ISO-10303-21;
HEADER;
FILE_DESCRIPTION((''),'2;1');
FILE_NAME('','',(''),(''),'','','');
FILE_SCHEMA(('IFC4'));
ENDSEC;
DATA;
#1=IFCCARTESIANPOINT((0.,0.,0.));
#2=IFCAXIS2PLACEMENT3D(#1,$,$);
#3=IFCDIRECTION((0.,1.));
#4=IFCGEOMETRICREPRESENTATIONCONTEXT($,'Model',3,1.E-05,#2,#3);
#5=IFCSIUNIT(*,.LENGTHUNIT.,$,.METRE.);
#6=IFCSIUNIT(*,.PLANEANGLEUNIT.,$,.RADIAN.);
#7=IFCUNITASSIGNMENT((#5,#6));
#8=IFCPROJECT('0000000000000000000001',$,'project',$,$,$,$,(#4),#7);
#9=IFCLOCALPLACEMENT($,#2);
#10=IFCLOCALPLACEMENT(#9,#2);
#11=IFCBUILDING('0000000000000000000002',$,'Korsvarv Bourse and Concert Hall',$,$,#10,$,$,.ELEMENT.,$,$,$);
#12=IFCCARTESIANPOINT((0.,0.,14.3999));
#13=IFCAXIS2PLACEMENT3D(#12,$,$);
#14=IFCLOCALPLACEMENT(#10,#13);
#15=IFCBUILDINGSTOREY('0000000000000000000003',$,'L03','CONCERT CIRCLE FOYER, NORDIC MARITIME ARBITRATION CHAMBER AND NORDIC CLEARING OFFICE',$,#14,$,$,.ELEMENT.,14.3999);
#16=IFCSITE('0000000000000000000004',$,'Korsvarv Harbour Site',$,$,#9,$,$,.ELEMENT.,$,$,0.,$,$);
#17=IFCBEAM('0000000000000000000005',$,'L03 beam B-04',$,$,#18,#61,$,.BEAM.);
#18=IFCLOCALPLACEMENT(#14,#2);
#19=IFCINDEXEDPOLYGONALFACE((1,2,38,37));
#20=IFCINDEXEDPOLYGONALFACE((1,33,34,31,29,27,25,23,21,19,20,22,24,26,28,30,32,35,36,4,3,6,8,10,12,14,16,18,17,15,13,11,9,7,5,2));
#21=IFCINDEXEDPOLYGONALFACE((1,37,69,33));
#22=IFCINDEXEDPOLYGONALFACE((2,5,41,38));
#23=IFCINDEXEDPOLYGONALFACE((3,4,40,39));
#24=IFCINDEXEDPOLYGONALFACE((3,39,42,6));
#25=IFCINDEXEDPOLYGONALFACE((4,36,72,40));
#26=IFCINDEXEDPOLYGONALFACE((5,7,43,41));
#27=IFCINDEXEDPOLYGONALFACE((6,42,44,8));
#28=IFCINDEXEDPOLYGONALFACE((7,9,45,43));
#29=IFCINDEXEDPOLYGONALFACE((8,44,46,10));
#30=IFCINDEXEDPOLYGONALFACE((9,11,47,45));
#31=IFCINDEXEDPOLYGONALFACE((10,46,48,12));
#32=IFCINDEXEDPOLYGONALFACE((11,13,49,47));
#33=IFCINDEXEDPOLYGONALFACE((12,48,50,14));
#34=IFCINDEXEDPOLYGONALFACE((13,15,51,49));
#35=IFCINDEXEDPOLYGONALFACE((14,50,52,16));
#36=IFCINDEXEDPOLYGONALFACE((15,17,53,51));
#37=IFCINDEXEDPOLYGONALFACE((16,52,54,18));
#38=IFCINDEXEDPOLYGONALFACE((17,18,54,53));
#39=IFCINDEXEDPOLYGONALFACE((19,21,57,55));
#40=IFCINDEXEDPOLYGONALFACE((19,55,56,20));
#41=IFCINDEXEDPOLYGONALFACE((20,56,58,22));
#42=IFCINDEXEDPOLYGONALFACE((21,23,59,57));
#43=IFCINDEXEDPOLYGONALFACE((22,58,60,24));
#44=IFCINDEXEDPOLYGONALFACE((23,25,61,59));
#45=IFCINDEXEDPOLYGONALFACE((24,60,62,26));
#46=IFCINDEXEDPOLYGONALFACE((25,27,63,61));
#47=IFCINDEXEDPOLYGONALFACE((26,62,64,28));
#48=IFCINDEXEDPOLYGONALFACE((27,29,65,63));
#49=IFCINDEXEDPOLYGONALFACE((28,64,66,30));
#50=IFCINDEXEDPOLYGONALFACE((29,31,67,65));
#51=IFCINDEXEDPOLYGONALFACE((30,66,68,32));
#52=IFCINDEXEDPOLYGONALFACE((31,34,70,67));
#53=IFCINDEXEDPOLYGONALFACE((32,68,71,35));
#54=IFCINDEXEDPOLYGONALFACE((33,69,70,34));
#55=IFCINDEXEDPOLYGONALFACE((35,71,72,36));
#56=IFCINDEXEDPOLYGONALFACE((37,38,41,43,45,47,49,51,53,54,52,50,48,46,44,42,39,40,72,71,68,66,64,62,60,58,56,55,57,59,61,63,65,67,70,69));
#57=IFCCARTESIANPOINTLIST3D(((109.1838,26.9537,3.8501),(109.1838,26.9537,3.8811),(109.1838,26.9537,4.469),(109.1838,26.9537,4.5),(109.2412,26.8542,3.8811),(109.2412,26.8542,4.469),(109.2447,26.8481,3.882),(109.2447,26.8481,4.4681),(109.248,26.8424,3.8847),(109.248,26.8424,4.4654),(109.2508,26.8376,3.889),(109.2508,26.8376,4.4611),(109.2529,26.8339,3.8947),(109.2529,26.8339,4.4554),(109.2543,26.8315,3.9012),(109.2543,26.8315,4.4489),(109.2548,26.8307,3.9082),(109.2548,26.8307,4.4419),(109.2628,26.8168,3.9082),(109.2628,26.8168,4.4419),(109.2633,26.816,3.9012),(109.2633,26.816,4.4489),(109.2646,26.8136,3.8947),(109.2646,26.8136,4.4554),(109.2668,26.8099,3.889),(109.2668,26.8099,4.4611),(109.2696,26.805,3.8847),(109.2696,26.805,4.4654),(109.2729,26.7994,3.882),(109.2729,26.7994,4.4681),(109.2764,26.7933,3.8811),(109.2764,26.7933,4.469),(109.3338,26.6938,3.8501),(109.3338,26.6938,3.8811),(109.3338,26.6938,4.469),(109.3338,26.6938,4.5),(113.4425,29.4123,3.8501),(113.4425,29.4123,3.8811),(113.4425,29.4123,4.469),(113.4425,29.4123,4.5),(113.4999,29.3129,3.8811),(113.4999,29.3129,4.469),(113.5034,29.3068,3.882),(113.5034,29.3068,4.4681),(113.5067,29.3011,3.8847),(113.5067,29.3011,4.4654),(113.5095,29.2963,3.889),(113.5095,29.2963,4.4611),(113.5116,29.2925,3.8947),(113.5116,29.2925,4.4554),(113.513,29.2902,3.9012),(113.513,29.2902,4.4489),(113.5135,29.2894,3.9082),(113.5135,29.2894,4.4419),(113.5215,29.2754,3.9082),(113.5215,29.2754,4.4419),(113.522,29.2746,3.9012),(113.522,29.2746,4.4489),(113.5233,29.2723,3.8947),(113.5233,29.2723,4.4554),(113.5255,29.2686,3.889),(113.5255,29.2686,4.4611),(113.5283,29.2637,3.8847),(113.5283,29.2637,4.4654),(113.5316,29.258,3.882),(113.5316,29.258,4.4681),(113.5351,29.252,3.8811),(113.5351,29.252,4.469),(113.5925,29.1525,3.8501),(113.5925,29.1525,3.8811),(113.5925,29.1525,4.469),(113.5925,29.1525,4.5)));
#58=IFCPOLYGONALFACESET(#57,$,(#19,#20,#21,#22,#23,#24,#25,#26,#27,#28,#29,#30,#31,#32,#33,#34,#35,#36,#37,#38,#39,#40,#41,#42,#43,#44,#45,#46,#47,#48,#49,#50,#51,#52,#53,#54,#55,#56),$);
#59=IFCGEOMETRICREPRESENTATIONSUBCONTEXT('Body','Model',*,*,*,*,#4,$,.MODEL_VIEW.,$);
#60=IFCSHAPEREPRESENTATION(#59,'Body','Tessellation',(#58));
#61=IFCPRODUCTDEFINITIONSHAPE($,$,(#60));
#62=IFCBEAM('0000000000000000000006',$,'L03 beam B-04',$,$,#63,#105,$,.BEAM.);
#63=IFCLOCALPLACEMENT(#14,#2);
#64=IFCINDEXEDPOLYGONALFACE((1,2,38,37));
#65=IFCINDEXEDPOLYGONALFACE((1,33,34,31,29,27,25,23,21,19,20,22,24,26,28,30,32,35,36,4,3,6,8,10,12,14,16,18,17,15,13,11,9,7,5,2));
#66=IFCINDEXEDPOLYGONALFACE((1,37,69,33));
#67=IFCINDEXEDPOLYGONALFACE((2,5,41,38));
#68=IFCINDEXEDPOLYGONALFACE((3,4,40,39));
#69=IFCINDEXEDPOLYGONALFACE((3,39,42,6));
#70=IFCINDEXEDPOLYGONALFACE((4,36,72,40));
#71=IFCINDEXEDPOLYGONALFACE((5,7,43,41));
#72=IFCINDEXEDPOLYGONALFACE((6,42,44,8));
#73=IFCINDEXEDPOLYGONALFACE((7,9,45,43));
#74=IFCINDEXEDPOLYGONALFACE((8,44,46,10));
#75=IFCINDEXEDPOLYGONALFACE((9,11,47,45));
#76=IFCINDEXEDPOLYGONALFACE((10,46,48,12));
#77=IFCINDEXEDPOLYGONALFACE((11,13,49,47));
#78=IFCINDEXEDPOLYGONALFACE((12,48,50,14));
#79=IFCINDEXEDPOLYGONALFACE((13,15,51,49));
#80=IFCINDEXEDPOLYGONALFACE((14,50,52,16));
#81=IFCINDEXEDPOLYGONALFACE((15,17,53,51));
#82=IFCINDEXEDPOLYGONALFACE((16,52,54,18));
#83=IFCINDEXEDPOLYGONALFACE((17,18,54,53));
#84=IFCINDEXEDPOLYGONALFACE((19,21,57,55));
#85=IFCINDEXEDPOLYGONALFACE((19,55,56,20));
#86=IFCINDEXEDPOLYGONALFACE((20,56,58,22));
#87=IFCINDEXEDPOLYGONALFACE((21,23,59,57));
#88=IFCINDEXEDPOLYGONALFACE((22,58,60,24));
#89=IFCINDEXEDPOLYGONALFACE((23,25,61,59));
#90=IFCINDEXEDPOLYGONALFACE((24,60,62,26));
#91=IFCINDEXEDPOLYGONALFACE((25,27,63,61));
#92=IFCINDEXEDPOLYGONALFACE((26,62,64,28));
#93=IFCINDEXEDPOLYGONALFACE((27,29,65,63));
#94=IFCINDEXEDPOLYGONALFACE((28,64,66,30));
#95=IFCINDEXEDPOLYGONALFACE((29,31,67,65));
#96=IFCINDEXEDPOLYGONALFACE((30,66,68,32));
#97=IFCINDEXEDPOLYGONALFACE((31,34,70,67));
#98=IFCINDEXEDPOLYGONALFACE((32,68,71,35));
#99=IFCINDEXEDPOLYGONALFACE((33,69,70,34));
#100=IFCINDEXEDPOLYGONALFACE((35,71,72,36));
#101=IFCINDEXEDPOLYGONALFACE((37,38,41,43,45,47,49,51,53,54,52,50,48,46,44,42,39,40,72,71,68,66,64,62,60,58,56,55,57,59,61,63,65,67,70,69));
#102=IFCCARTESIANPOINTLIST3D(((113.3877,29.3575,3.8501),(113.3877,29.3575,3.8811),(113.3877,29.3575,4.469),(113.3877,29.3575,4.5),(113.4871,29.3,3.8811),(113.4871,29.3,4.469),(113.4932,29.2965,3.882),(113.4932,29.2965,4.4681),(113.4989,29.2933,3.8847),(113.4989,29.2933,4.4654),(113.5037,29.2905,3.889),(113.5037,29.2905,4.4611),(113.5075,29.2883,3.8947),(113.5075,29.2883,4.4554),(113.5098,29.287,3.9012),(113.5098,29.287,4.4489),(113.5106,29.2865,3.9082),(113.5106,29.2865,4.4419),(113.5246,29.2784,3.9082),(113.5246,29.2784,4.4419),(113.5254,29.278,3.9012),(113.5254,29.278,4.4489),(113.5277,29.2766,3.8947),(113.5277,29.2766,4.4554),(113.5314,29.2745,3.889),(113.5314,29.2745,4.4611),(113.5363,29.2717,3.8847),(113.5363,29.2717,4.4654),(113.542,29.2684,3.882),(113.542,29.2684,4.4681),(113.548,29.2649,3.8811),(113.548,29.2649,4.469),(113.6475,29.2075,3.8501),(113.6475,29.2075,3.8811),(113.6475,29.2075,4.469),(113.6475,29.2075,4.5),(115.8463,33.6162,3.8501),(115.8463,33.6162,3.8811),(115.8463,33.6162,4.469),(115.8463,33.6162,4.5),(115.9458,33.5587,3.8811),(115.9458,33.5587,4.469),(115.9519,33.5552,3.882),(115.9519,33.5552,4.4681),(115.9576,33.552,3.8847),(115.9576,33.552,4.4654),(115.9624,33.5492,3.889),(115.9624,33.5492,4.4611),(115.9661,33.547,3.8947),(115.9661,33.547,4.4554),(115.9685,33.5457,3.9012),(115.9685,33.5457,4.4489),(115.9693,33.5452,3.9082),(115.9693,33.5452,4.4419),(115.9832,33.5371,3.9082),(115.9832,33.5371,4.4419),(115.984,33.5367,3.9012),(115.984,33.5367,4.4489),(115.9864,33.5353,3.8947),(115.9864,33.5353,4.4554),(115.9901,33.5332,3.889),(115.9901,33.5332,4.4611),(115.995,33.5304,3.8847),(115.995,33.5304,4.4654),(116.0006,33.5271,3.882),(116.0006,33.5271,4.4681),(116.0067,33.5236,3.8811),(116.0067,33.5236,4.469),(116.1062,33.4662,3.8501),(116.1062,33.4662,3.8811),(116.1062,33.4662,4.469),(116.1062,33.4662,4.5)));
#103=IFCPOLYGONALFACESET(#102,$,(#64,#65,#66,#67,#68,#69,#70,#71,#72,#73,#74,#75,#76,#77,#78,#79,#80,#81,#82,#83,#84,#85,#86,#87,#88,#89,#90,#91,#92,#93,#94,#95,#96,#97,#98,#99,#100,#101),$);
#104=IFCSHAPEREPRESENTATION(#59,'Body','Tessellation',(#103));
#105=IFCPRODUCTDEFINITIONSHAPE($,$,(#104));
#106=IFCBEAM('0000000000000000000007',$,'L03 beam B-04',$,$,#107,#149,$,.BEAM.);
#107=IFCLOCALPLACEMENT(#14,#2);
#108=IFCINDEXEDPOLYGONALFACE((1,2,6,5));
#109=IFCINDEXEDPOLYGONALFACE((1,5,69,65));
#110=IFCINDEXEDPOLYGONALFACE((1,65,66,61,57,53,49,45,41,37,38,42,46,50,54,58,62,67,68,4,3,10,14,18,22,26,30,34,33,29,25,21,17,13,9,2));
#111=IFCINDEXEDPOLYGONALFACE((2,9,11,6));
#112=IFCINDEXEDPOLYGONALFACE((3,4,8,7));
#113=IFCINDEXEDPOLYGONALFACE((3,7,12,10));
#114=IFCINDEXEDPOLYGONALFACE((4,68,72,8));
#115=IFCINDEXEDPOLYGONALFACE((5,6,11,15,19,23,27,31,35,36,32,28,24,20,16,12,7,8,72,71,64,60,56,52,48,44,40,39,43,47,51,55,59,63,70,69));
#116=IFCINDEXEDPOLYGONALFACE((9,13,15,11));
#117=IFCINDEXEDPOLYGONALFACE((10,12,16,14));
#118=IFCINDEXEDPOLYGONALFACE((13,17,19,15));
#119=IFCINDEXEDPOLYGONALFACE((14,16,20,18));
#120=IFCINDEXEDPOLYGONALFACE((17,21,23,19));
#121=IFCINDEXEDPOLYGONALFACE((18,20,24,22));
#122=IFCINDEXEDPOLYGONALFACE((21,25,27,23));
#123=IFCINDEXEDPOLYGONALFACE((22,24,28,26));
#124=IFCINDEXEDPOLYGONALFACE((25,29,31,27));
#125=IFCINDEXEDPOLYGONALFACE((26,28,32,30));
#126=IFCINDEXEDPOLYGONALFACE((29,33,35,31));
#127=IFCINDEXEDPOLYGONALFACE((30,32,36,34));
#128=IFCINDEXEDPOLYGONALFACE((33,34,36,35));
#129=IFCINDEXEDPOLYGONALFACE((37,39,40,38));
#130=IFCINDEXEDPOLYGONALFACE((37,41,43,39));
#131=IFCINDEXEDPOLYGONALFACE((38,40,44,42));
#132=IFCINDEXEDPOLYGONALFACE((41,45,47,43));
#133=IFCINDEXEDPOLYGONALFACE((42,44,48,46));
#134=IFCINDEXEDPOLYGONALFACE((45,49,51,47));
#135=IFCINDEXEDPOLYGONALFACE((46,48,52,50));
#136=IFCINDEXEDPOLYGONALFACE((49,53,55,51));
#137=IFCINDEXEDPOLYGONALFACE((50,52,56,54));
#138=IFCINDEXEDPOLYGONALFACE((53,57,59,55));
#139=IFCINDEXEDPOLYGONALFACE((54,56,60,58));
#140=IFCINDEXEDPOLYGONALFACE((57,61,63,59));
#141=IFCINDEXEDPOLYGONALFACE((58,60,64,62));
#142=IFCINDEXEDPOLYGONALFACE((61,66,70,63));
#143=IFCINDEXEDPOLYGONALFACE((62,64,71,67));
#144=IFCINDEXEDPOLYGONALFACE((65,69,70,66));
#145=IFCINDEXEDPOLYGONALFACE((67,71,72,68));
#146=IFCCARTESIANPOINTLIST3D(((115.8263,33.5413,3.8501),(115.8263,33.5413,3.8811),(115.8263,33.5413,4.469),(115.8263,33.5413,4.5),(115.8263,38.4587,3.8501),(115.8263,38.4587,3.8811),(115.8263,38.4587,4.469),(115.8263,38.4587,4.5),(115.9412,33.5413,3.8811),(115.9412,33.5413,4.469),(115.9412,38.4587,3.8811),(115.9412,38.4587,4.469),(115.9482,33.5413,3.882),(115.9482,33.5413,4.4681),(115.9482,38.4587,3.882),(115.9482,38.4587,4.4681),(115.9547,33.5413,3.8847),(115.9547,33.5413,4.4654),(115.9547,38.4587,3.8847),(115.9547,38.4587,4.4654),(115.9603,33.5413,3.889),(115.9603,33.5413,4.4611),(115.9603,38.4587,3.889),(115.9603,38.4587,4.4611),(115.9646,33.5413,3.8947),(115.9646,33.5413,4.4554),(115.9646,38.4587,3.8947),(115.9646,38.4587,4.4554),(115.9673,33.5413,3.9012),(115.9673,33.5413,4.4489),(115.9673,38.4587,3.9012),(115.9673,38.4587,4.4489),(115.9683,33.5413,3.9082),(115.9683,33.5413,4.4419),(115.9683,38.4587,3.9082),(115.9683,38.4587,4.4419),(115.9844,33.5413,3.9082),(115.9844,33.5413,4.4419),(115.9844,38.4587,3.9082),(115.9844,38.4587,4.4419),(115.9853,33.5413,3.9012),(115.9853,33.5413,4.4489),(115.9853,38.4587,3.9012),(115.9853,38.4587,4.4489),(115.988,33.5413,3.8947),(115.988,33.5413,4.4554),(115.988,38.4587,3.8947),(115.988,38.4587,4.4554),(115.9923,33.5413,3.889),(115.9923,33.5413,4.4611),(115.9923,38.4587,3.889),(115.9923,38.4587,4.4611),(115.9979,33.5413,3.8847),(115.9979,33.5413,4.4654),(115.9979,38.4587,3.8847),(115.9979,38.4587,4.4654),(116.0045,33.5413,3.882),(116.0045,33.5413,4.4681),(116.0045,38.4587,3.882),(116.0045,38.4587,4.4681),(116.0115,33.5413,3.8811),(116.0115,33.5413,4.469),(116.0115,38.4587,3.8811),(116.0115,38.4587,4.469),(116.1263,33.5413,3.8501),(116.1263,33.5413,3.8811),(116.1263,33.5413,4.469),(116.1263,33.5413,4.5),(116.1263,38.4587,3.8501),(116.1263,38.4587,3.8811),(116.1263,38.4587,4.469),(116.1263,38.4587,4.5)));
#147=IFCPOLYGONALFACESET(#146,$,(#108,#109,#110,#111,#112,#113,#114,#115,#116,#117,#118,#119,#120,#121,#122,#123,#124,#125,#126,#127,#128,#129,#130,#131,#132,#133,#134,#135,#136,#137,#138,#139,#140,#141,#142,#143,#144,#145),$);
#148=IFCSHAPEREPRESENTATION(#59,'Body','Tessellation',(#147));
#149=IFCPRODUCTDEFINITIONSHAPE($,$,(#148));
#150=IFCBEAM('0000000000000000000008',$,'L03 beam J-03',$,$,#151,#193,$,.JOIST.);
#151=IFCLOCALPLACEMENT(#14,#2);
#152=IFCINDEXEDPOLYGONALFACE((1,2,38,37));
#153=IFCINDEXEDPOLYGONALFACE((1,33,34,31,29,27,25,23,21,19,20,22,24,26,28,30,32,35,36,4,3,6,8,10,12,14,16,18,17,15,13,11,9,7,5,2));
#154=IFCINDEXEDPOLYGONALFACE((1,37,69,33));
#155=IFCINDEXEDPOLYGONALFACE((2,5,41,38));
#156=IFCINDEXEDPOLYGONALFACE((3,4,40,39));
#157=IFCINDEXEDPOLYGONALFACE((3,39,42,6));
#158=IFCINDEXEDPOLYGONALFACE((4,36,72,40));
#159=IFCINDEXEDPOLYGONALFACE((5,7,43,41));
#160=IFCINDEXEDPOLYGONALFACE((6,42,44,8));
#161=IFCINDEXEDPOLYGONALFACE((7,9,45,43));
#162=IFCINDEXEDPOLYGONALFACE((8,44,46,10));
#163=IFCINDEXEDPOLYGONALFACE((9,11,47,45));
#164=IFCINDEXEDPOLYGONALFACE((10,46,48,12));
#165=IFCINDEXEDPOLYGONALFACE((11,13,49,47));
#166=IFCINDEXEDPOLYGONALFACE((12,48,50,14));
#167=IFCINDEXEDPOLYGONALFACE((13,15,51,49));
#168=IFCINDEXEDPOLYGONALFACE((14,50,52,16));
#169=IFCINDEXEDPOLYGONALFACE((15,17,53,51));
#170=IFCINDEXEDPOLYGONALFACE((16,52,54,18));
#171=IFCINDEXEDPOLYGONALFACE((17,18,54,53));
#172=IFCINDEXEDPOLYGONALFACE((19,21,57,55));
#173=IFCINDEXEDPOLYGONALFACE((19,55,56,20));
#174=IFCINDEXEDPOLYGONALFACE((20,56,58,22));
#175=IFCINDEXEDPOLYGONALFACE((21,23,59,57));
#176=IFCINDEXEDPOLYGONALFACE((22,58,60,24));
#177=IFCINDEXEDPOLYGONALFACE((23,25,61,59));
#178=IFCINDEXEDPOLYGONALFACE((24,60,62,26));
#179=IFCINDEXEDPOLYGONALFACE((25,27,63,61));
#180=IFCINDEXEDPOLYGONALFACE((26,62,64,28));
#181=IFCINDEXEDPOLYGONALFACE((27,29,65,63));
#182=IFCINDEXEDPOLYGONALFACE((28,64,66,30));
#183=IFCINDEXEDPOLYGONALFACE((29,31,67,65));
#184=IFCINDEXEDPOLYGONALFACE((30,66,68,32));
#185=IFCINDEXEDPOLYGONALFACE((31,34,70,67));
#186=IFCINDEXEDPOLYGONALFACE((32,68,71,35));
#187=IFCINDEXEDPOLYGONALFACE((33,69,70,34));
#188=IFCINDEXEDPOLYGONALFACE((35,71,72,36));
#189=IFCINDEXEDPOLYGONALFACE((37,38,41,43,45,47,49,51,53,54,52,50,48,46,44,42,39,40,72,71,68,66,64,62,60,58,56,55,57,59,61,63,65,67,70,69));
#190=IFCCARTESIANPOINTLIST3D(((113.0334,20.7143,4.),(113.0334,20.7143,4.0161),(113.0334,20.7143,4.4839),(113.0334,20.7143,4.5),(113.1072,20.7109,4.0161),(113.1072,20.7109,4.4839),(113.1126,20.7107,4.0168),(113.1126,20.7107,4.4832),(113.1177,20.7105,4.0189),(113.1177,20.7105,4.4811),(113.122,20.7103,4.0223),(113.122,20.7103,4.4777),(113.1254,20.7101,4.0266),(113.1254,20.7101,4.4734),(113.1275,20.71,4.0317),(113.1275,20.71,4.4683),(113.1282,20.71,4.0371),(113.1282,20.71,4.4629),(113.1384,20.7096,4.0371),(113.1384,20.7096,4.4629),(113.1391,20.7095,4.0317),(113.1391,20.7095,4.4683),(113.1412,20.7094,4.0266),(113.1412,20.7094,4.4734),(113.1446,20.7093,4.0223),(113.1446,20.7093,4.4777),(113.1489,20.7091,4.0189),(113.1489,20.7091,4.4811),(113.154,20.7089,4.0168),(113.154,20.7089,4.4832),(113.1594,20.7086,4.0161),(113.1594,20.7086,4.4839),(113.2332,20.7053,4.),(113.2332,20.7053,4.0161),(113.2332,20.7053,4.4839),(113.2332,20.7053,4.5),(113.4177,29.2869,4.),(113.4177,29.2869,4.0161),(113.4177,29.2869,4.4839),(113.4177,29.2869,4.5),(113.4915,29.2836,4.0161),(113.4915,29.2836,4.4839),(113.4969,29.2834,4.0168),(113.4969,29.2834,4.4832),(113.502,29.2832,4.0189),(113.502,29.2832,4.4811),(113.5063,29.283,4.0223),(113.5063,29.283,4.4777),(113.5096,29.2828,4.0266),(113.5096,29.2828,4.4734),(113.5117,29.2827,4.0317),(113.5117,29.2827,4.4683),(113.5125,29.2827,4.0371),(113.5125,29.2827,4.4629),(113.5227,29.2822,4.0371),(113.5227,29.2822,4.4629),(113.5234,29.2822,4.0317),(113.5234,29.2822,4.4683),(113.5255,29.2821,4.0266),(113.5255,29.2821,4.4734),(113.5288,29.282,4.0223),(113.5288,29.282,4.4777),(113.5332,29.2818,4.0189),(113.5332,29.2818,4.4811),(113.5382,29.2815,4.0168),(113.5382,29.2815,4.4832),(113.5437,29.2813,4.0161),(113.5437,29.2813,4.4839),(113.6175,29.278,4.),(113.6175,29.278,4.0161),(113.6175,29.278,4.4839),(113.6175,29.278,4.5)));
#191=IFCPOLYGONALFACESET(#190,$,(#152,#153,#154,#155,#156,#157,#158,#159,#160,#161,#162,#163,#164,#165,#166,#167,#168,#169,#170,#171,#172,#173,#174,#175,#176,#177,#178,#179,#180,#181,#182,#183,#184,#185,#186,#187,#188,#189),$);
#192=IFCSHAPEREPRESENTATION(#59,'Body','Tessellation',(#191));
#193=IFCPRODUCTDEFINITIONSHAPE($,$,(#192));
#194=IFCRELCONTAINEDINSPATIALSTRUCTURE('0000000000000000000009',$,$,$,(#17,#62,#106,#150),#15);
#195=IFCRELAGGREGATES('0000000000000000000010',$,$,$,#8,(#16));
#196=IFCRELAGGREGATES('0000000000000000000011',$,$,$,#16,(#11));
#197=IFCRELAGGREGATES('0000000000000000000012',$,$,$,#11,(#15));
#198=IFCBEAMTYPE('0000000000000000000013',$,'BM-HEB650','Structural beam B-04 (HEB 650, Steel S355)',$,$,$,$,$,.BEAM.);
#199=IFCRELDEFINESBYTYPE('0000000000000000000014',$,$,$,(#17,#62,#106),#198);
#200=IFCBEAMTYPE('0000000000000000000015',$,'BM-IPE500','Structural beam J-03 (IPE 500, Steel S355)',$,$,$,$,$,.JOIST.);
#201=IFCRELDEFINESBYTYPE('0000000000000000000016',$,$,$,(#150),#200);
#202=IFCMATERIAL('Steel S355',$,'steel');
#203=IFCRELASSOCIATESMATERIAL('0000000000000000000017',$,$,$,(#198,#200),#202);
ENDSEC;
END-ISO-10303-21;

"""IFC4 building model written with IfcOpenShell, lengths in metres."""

from ifc_helpers import new_model, si_unit, direction, frame, origin, origin_2d, place, context, subcontext, project, spatial, i_section, extrude, source, transform, mapped, material, material_profile, profile_set, type_object, element, save


model = new_model("IFC4")

# Units and contexts
model_context = context("Model", 3, precision=1e-05, world=origin(), true_north=direction((0.0, 1.0)))
body_context = subcontext(model_context, "Body", "Model", "MODEL_VIEW")
ifc_project = project(units=[si_unit("LENGTHUNIT", "METRE"), si_unit("PLANEANGLEUNIT", "RADIAN")], contexts=[model_context])

# Site, building, storey
site_placement = place(None, origin())
site = spatial("IfcSite", under=ifc_project, at=site_placement, Name="Korsvarv Harbour Site", CompositionType="ELEMENT", RefElevation=0.0)
building_placement = place(site_placement, origin())
building = spatial("IfcBuilding", under=site, at=building_placement, Name="Korsvarv Bourse and Concert Hall", CompositionType="ELEMENT")
storey_placement = place(building_placement, frame((0.0, 0.0, 14.3999)))
storey = spatial("IfcBuildingStorey", under=building, at=storey_placement, Name="L03", Description="CONCERT CIRCLE FOYER, NORDIC MARITIME ARBITRATION CHAMBER AND NORDIC CLEARING OFFICE", CompositionType="ELEMENT", Elevation=14.3999)

# Beams
ifc_material_1 = material(Name="Steel S355", Category="steel")
ifc_material_profile_1 = material_profile(ifc_material_1, i_section(OverallWidth=0.3, OverallDepth=0.6499, WebThickness=0.0161, FlangeThickness=0.031, FilletRadius=0.0271, at=origin_2d()), Name="HEB 650")
ifc_profile_set_1 = profile_set([ifc_material_profile_1], Name="Steel S355")
beam_type_1 = type_object("IfcBeamType", Name="BM-HEB650", Description="Structural beam B-04 (HEB 650, Steel S355)", PredefinedType="BEAM", material=ifc_profile_set_1)
shared_shape_1 = source(origin(), body_context, "Body", "SweptSolid", [
    extrude(i_section(OverallWidth=0.3, OverallDepth=0.6499, WebThickness=0.0161, FlangeThickness=0.031, FilletRadius=0.0271, at=origin_2d()), origin(), (0.0, 0.0, 1.0), 4.9175),
])
for number, where, z_axis, x_axis, name in (
    (1, (109.2588, 26.8237, 4.175), (0.866032, 0.499989, 0.0), (-0.499989, 0.866032, 0.0), "L03 beam B-04"),
    (2, (113.5176, 29.2825, 4.175), (0.499989, 0.866032, 0.0), (-0.866032, 0.499989, 0.0), "L03 beam B-04"),
    (3, (115.9763, 33.5413, 4.175), (0.0, 1.0, 0.0), (-1.0, 0.0, 0.0), "L03 beam B-04"),
):
    element("IfcBeam", number, at=place(storey_placement, frame(where, z_axis=z_axis, x_axis=x_axis)), inside=storey, type_object=beam_type_1, Name=name, PredefinedType="BEAM", context=body_context, shape_type="MappedRepresentation", body=[
        mapped(shared_shape_1, transform((0.0, 0.0, 0.0), scale=1.0)),
    ])
ifc_material_profile_2 = material_profile(ifc_material_1, i_section(OverallWidth=0.2, OverallDepth=0.5, WebThickness=0.0103, FlangeThickness=0.0161, FilletRadius=0.021, at=origin_2d()), Name="IPE 500")
ifc_profile_set_2 = profile_set([ifc_material_profile_2], Name="Steel S355")
beam_type_2 = type_object("IfcBeamType", Name="BM-IPE500", Description="Structural beam J-03 (IPE 500, Steel S355)", PredefinedType="JOIST", material=ifc_profile_set_2)
shared_shape_2 = source(origin(), body_context, "Body", "SweptSolid", [
    extrude(i_section(OverallWidth=0.2, OverallDepth=0.5, WebThickness=0.0103, FlangeThickness=0.0161, FilletRadius=0.021, at=origin_2d()), origin(), (0.0, 0.0, 1.0), 8.5813),
])
beam_1_placement = place(storey_placement, frame((113.5176, 29.2825, 4.25), z_axis=(-0.04478, -0.998997, 0.0), x_axis=(0.998997, -0.04478, 0.0)))
element("IfcBeam", 4, at=beam_1_placement, inside=storey, type_object=beam_type_2, Name="L03 beam J-03", PredefinedType="JOIST", context=body_context, shape_type="MappedRepresentation", body=[
    mapped(shared_shape_2, transform((0.0, 0.0, 0.0), scale=1.0)),
])

save(model, "model.ifc")
